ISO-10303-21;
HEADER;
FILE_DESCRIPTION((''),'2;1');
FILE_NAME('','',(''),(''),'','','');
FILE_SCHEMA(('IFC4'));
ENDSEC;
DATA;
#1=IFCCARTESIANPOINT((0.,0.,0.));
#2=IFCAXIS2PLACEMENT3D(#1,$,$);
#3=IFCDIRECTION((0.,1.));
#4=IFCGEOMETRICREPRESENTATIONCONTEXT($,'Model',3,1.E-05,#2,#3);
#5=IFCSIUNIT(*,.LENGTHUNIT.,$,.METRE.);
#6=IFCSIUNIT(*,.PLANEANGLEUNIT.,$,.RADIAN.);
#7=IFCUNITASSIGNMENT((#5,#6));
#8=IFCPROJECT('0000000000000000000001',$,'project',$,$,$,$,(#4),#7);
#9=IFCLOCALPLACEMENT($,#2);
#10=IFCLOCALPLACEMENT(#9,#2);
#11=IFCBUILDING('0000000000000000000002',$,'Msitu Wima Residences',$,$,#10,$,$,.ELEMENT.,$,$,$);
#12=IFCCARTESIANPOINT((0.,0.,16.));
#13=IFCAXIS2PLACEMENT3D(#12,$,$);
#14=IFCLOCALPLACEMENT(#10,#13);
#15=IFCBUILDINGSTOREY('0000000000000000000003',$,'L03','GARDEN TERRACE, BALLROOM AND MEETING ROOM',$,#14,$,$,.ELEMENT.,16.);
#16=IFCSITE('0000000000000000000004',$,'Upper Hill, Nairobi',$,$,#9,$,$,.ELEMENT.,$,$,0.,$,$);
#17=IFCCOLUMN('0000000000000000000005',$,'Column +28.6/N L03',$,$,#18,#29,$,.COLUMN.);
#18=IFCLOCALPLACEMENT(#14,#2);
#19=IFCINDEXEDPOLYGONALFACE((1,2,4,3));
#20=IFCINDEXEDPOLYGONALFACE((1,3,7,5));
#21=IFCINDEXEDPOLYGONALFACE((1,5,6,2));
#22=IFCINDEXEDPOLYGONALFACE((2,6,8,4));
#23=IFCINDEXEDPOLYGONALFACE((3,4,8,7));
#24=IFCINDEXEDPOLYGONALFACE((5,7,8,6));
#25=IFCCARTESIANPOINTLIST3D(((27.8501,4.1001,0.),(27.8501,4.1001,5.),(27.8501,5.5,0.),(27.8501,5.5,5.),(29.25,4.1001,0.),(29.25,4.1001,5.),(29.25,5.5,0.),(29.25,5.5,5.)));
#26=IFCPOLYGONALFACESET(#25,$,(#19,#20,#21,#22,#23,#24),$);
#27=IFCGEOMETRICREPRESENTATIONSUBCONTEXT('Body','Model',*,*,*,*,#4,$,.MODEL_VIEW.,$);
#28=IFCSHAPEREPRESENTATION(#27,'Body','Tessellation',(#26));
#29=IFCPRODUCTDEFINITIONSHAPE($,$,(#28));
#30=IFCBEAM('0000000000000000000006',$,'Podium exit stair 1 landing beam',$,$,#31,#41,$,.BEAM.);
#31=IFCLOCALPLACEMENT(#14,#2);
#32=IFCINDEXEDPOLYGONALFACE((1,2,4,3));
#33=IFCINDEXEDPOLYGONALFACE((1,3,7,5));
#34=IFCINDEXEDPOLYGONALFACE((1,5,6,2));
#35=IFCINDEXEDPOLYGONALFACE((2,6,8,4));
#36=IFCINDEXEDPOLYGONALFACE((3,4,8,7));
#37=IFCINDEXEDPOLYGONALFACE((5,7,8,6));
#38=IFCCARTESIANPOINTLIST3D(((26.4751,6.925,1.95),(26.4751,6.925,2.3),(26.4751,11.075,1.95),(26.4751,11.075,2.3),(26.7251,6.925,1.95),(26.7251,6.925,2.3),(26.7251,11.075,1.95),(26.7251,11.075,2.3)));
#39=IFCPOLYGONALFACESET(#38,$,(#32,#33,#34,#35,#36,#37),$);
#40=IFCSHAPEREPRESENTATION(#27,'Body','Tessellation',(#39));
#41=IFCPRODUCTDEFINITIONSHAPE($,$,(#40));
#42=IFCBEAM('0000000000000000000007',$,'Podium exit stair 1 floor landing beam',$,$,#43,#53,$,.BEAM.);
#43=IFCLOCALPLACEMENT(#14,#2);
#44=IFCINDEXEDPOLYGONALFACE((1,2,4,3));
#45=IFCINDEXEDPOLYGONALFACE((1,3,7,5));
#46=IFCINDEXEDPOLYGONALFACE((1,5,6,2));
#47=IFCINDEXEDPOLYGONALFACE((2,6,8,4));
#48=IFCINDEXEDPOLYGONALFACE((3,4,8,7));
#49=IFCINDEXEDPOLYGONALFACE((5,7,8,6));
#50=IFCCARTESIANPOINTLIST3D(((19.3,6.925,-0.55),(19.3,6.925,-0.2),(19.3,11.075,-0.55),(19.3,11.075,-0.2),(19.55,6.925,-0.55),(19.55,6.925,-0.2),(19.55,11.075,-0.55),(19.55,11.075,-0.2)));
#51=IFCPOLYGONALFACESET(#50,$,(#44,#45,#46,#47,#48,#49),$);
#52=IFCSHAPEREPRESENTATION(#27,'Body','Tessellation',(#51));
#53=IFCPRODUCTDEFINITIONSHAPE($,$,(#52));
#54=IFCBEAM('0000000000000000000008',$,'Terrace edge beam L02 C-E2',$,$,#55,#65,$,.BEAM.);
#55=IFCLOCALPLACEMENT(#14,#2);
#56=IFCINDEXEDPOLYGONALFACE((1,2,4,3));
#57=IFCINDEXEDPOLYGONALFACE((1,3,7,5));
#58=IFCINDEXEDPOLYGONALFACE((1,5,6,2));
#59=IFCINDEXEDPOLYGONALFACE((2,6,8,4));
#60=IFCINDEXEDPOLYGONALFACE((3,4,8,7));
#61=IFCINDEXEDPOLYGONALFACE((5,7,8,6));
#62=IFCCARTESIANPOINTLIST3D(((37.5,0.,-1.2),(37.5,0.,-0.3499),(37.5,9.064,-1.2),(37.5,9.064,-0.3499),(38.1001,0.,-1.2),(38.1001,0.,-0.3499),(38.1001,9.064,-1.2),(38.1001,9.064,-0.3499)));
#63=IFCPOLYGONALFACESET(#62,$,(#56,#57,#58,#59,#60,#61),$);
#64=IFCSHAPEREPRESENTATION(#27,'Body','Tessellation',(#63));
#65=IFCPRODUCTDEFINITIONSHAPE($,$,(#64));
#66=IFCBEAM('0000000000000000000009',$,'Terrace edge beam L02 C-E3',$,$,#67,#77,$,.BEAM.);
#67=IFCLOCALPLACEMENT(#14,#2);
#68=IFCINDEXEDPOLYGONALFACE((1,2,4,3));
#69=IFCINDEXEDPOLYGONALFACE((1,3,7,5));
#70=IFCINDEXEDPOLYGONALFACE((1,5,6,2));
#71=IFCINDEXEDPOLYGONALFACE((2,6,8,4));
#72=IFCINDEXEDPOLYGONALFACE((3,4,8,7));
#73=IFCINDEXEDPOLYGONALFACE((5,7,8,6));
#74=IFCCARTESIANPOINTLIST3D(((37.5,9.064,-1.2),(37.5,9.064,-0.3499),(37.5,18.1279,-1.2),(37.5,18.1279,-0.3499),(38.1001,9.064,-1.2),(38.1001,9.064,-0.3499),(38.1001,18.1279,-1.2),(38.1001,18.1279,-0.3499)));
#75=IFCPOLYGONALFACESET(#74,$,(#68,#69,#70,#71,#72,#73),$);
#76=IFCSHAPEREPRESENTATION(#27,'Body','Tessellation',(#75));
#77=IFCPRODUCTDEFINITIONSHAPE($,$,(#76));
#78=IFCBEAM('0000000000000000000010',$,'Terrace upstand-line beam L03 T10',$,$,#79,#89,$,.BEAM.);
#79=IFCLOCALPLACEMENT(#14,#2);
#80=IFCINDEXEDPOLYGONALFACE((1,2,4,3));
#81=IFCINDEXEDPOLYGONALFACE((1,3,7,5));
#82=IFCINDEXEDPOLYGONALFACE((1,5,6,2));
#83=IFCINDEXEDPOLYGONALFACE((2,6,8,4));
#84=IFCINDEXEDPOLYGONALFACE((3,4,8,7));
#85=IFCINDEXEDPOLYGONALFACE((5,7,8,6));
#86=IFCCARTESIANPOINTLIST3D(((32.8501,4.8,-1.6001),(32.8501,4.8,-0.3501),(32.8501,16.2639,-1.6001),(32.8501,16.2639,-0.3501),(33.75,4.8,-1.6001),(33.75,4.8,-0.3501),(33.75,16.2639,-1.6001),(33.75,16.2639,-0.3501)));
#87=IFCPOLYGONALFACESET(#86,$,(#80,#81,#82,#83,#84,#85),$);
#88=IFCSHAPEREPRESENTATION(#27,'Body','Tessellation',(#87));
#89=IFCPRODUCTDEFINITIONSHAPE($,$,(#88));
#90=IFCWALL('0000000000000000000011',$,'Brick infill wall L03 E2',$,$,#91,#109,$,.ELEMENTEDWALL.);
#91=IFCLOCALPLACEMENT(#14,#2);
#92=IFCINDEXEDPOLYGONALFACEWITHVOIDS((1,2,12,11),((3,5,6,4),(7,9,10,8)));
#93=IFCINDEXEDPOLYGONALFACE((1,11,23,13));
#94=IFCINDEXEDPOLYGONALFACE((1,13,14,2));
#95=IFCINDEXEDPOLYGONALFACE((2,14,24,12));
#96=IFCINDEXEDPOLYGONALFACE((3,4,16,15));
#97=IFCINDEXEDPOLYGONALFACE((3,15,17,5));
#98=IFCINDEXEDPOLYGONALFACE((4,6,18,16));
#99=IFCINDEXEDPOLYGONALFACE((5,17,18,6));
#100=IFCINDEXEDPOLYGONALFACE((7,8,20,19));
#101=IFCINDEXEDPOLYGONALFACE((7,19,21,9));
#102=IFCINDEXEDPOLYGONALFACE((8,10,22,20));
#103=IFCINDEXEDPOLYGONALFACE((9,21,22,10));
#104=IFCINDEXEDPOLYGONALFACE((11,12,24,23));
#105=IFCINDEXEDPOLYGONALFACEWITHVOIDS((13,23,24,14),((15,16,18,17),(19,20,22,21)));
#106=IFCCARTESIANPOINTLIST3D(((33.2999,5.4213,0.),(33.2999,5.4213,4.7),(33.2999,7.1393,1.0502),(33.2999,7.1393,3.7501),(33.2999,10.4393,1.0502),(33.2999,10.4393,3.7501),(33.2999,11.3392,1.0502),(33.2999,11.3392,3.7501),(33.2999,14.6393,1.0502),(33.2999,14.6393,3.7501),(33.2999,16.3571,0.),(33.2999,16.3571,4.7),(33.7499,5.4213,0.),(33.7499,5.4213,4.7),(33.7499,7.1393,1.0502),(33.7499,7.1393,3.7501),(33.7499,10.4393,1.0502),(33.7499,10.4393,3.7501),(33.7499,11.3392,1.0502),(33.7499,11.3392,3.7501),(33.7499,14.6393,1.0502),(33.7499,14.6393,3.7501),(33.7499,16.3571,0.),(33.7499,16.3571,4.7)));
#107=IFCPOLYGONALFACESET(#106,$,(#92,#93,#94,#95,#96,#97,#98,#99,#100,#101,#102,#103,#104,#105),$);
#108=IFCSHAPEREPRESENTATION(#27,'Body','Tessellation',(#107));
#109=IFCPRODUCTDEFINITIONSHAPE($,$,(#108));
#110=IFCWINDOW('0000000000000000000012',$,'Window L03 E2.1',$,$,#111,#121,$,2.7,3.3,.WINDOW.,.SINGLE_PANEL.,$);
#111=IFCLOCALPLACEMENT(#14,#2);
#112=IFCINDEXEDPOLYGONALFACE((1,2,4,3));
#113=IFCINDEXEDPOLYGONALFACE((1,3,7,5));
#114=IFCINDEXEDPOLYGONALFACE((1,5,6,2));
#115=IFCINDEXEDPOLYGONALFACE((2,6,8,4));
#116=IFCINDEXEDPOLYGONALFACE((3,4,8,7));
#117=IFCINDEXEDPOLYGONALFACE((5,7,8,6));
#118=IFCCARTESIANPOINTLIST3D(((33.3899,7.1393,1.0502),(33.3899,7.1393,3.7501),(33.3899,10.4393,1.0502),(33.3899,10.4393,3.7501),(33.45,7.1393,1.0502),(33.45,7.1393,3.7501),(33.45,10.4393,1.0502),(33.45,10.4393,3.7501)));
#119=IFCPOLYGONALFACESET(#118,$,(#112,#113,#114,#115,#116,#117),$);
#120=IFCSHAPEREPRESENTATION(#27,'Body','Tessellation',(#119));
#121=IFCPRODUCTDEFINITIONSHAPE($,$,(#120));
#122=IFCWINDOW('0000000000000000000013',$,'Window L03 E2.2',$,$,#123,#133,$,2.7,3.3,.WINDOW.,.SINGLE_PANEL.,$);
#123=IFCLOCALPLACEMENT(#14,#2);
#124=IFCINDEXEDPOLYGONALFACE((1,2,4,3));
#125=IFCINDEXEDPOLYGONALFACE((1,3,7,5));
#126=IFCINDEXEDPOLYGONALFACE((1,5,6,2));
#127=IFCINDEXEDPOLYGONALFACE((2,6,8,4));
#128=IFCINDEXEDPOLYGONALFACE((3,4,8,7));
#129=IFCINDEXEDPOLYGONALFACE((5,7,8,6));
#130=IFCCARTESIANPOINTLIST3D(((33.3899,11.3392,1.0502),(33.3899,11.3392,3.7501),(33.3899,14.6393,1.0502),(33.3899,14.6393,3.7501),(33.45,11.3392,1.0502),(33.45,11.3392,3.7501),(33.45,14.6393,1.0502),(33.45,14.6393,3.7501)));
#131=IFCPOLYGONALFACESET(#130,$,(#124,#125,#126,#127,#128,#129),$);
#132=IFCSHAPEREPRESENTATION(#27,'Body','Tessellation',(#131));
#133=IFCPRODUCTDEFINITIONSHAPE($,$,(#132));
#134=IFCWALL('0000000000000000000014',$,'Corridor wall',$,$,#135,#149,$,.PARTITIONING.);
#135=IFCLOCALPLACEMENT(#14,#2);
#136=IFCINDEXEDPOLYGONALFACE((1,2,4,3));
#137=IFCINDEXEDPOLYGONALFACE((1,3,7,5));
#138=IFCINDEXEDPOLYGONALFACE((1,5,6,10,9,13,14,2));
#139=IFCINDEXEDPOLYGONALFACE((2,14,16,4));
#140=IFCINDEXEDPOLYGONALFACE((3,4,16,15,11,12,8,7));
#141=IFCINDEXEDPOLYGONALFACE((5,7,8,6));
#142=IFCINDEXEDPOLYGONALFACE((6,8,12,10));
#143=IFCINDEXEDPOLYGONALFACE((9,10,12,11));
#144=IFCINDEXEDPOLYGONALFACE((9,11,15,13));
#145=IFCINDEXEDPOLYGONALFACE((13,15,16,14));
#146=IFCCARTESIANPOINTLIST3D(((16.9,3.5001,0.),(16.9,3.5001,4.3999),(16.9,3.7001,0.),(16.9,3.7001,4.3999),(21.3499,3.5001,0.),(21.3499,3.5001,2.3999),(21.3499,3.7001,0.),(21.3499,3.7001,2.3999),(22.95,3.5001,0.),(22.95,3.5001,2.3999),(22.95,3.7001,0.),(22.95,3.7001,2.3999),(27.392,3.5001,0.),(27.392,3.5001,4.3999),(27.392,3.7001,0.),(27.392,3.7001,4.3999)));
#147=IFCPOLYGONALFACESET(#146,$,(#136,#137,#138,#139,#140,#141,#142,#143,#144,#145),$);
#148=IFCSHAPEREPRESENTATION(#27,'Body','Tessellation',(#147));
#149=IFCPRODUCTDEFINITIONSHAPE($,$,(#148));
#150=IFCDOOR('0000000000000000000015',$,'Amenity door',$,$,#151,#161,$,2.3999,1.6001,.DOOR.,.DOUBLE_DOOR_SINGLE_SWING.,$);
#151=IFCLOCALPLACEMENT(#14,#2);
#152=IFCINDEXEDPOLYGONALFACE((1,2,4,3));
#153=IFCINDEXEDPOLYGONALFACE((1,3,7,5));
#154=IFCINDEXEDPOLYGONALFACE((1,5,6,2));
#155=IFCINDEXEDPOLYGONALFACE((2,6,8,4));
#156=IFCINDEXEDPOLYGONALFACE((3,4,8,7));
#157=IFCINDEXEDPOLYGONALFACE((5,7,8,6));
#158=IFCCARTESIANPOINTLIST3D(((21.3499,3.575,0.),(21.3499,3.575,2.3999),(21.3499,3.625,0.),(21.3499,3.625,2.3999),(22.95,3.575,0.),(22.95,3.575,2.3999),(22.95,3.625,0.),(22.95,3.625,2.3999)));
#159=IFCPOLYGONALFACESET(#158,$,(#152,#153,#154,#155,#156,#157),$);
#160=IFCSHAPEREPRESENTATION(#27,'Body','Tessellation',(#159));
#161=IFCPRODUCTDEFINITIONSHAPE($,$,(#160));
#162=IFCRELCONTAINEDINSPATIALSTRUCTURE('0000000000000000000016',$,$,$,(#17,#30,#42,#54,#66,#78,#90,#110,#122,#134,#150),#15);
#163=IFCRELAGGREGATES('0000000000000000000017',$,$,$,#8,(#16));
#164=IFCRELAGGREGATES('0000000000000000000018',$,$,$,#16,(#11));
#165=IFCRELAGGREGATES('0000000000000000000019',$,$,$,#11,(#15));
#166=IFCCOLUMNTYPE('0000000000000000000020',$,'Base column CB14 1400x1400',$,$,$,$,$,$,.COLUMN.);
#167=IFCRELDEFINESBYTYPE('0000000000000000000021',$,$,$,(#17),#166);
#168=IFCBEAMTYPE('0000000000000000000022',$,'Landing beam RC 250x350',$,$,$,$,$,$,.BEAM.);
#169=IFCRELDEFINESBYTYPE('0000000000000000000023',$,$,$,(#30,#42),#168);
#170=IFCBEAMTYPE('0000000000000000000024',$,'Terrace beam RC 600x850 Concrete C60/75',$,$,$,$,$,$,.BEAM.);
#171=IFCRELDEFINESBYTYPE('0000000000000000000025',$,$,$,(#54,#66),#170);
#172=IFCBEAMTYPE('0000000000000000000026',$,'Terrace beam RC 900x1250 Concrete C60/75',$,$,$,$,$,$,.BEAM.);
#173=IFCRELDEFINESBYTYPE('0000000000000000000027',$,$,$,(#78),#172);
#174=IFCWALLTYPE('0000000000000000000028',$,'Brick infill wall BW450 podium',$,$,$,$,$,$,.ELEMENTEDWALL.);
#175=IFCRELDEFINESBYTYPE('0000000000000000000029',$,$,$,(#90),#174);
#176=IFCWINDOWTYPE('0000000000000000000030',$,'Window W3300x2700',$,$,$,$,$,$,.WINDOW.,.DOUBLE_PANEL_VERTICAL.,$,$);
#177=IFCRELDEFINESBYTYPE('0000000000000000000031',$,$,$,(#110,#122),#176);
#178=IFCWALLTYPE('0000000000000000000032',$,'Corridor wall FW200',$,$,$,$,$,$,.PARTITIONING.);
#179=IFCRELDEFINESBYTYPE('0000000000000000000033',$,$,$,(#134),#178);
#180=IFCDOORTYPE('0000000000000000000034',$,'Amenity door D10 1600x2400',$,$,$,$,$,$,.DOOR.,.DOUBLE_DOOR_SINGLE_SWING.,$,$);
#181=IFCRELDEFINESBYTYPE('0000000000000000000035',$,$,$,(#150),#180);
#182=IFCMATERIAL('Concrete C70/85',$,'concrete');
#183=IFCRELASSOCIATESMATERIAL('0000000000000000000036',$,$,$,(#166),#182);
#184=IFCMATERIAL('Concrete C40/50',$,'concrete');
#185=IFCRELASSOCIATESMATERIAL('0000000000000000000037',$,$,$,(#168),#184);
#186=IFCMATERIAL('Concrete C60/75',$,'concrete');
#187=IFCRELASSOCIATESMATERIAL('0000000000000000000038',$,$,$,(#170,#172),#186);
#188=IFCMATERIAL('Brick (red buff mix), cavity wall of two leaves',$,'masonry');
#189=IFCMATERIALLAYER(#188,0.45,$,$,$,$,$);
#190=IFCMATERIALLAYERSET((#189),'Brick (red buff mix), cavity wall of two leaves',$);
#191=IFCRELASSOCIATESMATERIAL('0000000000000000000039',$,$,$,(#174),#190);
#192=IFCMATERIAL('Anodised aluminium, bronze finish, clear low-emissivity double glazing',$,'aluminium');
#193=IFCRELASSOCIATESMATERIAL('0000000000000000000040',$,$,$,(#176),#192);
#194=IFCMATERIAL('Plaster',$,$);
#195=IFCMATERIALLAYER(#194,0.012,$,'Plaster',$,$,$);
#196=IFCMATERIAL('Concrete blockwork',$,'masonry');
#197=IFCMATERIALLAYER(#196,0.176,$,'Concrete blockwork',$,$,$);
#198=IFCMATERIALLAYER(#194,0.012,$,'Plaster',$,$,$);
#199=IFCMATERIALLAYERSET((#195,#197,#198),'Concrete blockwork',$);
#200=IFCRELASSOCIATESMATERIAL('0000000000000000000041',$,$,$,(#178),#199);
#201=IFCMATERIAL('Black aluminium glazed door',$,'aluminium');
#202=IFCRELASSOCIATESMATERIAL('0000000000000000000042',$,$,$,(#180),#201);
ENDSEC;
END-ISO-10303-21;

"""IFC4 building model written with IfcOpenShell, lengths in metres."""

from ifc_helpers import new_model, si_unit, direction, frame, frame_2d, origin, origin_2d, place, context, subcontext, project, spatial, rectangle, extrude, material, layer, layer_set, material_profile, profile_set, type_object, element, fill, save


model = new_model("IFC4")

# Units and contexts
model_context = context("Model", 3, precision=1e-05, world=origin(), true_north=direction((0.0, 1.0)))
body_context = subcontext(model_context, "Body", "Model", "MODEL_VIEW")
ifc_project = project(units=[si_unit("LENGTHUNIT", "METRE"), si_unit("PLANEANGLEUNIT", "RADIAN")], contexts=[model_context])

# Site, building, storey
site_placement = place(None, origin())
site = spatial("IfcSite", under=ifc_project, at=site_placement, Name="Upper Hill, Nairobi", CompositionType="ELEMENT", RefElevation=0.0)
building_placement = place(site_placement, origin())
building = spatial("IfcBuilding", under=site, at=building_placement, Name="Msitu Wima Residences", CompositionType="ELEMENT")
storey_placement = place(building_placement, frame((0.0, 0.0, 16.0)))
storey = spatial("IfcBuildingStorey", under=building, at=storey_placement, Name="L03", Description="GARDEN TERRACE, BALLROOM AND MEETING ROOM", CompositionType="ELEMENT", Elevation=16.0)

# Column
ifc_material_1 = material(Name="Concrete C70/85", Category="concrete")
ifc_material_profile_1 = material_profile(ifc_material_1, rectangle(XDim=1.3999, YDim=1.3999, at=origin_2d()), Name="RC 1400x1400")
ifc_profile_set_1 = profile_set([ifc_material_profile_1], Name="Concrete C70/85")
column_type = type_object("IfcColumnType", Name="Base column CB14 1400x1400", PredefinedType="COLUMN", material=ifc_profile_set_1)
column_placement = place(storey_placement, frame((28.55, 4.8, 0.0), z_axis=(0.0, 0.0, 1.0), x_axis=(0.0, 1.0, 0.0)))
element("IfcColumn", 1, at=column_placement, inside=storey, type_object=column_type, Name="Column +28.6/N L03", PredefinedType="COLUMN", context=body_context, shape_type="SweptSolid", body=[
    extrude(rectangle(XDim=1.3999, YDim=1.3999, at=origin_2d()), origin(), (0.0, 0.0, 1.0), 5.0),
])

# Beams
ifc_material_2 = material(Name="Concrete C40/50", Category="concrete")
ifc_material_profile_2 = material_profile(ifc_material_2, rectangle(XDim=0.25, YDim=0.3501, at=origin_2d()), Name="RC 250x350")
ifc_profile_set_2 = profile_set([ifc_material_profile_2], Name="Concrete C40/50")
beam_type_1 = type_object("IfcBeamType", Name="Landing beam RC 250x350", PredefinedType="BEAM", material=ifc_profile_set_2)
for number, where, z_axis, x_axis, name in (
    (2, (26.6001, 6.925, 2.125), (0.0, 1.0, 0.0), (-1.0, 0.0, 0.0), "Podium exit stair 1 landing beam"),
    (3, (19.425, 6.925, -0.375), (0.0, 1.0, 0.0), (-1.0, 0.0, 0.0), "Podium exit stair 1 floor landing beam"),
):
    element("IfcBeam", number, at=place(storey_placement, frame(where, z_axis=z_axis, x_axis=x_axis)), inside=storey, type_object=beam_type_1, Name=name, PredefinedType="BEAM", context=body_context, shape_type="SweptSolid", body=[
        extrude(rectangle(XDim=0.25, YDim=0.3501, at=origin_2d()), origin(), (0.0, 0.0, 1.0), 4.1499),
    ])
ifc_material_3 = material(Name="Concrete C60/75", Category="concrete")
ifc_material_profile_3 = material_profile(ifc_material_3, rectangle(XDim=0.6001, YDim=0.8501, at=origin_2d()), Name="RC 600x850")
ifc_profile_set_3 = profile_set([ifc_material_profile_3], Name="Concrete C60/75")
beam_type_2 = type_object("IfcBeamType", Name="Terrace beam RC 600x850 Concrete C60/75", PredefinedType="BEAM", material=ifc_profile_set_3)
for number, where, z_axis, x_axis, name in (
    (4, (37.8, 0.0, -0.7749), (0.0, 1.0, 0.0), (-1.0, 0.0, 0.0), "Terrace edge beam L02 C-E2"),
    (5, (37.8, 9.064, -0.7749), (0.0, 1.0, 0.0), (-1.0, 0.0, 0.0), "Terrace edge beam L02 C-E3"),
):
    element("IfcBeam", number, at=place(storey_placement, frame(where, z_axis=z_axis, x_axis=x_axis)), inside=storey, type_object=beam_type_2, Name=name, PredefinedType="BEAM", context=body_context, shape_type="SweptSolid", body=[
        extrude(rectangle(XDim=0.6001, YDim=0.8501, at=origin_2d()), origin(), (0.0, 0.0, 1.0), 9.064),
    ])
ifc_material_profile_4 = material_profile(ifc_material_3, rectangle(XDim=0.8999, YDim=1.25, at=origin_2d()), Name="RC 900x1250")
ifc_profile_set_4 = profile_set([ifc_material_profile_4], Name="Concrete C60/75")
beam_type_3 = type_object("IfcBeamType", Name="Terrace beam RC 900x1250 Concrete C60/75", PredefinedType="BEAM", material=ifc_profile_set_4)
beam_placement = place(storey_placement, frame((33.3, 4.8, -0.9751), z_axis=(0.0, 1.0, 0.0), x_axis=(-1.0, 0.0, 0.0)))
element("IfcBeam", 6, at=beam_placement, inside=storey, type_object=beam_type_3, Name="Terrace upstand-line beam L03 T10", PredefinedType="BEAM", context=body_context, shape_type="SweptSolid", body=[
    extrude(rectangle(XDim=0.8999, YDim=1.25, at=origin_2d()), origin(), (0.0, 0.0, 1.0), 11.4639),
])

# Wall, openings, windows
ifc_material_4 = material(Name="Brick (red buff mix), cavity wall of two leaves", Category="masonry")
ifc_layer_1 = layer(ifc_material_4, 0.45)
ifc_layer_set_1 = layer_set([ifc_layer_1], Name="Brick (red buff mix), cavity wall of two leaves")
wall_type_1 = type_object("IfcWallType", Name="Brick infill wall BW450 podium", PredefinedType="ELEMENTEDWALL", material=ifc_layer_set_1)
wall_1_placement = place(storey_placement, frame((33.5249, 5.4214, 0.0), z_axis=(0.0, 0.0, 1.0), x_axis=(0.0, 1.0, 0.0)))
wall_1 = element("IfcWall", 7, at=wall_1_placement, inside=storey, type_object=wall_type_1, Name="Brick infill wall L03 E2", PredefinedType="ELEMENTEDWALL", context=body_context, shape_type="SweptSolid", body=[
    extrude(rectangle(XDim=10.9358, YDim=0.45, at=frame_2d((5.4678, 0.0))), origin(), (0.0, 0.0, 1.0), 4.7),
])
opening_1_placement = place(wall_1_placement, frame((1.718, 0.0, 1.05)))
opening_1 = element("IfcOpeningElement", 8, at=opening_1_placement, cuts=wall_1, PredefinedType="OPENING", context=body_context, shape_type="SweptSolid", body=[
    extrude(rectangle(XDim=3.3, YDim=2.7, at=frame_2d((1.6499, 1.3501))), frame((0.0, 0.2349, 0.0), z_axis=(0.0, -1.0, 0.0), x_axis=(1.0, 0.0, 0.0)), (0.0, 0.0, 1.0), 0.47),
])
opening_2_placement = place(wall_1_placement, frame((5.918, 0.0, 1.05)))
opening_2 = element("IfcOpeningElement", 9, at=opening_2_placement, cuts=wall_1, PredefinedType="OPENING", context=body_context, shape_type="SweptSolid", body=[
    extrude(rectangle(XDim=3.3, YDim=2.7, at=frame_2d((1.6499, 1.3501))), frame((0.0, 0.2349, 0.0), z_axis=(0.0, -1.0, 0.0), x_axis=(1.0, 0.0, 0.0)), (0.0, 0.0, 1.0), 0.47),
])
ifc_material_5 = material(Name="Anodised aluminium, bronze finish, clear low-emissivity double glazing", Category="aluminium")
window_type = type_object("IfcWindowType", Name="Window W3300x2700", PartitioningType="DOUBLE_PANEL_VERTICAL", PredefinedType="WINDOW", material=ifc_material_5)
window_1_placement = place(opening_1_placement, origin())
window_1 = element("IfcWindow", 10, at=window_1_placement, inside=storey, type_object=window_type, Name="Window L03 E2.1", OverallHeight=2.7, OverallWidth=3.3, PartitioningType="SINGLE_PANEL", PredefinedType="WINDOW", context=body_context, shape_type="SweptSolid", body=[
    extrude(rectangle(XDim=3.3, YDim=2.7, at=frame_2d((1.6499, 1.3501))), frame((0.0, 0.135, 0.0), z_axis=(0.0, -1.0, 0.0), x_axis=(1.0, 0.0, 0.0)), (0.0, 0.0, 1.0), 0.0601),
])
fill(opening_1, window_1)
window_2_placement = place(opening_2_placement, origin())
window_2 = element("IfcWindow", 11, at=window_2_placement, inside=storey, type_object=window_type, Name="Window L03 E2.2", OverallHeight=2.7, OverallWidth=3.3, PartitioningType="SINGLE_PANEL", PredefinedType="WINDOW", context=body_context, shape_type="SweptSolid", body=[
    extrude(rectangle(XDim=3.3, YDim=2.7, at=frame_2d((1.6499, 1.3501))), frame((0.0, 0.135, 0.0), z_axis=(0.0, -1.0, 0.0), x_axis=(1.0, 0.0, 0.0)), (0.0, 0.0, 1.0), 0.0601),
])
fill(opening_2, window_2)

# Wall, opening, door
ifc_material_6 = material(Name="Plaster")
ifc_layer_2 = layer(ifc_material_6, 0.012, Name="Plaster")
ifc_material_7 = material(Name="Concrete blockwork", Category="masonry")
ifc_layer_3 = layer(ifc_material_7, 0.176, Name="Concrete blockwork")
ifc_layer_4 = layer(ifc_material_6, 0.012, Name="Plaster")
ifc_layer_set_2 = layer_set([ifc_layer_2, ifc_layer_3, ifc_layer_4], Name="Concrete blockwork")
wall_type_2 = type_object("IfcWallType", Name="Corridor wall FW200", PredefinedType="PARTITIONING", material=ifc_layer_set_2)
wall_2_placement = place(storey_placement, frame((16.8999, 3.6001, 0.0), z_axis=(0.0, 0.0, 1.0), x_axis=(1.0, 0.0, 0.0)))
wall_2 = element("IfcWall", 12, at=wall_2_placement, inside=storey, type_object=wall_type_2, Name="Corridor wall", PredefinedType="PARTITIONING", context=body_context, shape_type="SweptSolid", body=[
    extrude(rectangle(XDim=10.4919, YDim=0.2, at=frame_2d((5.2461, 0.0))), origin(), (0.0, 0.0, 1.0), 4.3999),
])
opening_3_placement = place(wall_2_placement, frame((4.45, 0.0, 0.0)))
opening_3 = element("IfcOpeningElement", 13, at=opening_3_placement, cuts=wall_2, PredefinedType="OPENING", context=body_context, shape_type="SweptSolid", body=[
    extrude(rectangle(XDim=1.6001, YDim=2.3999, at=frame_2d((0.8, 1.2))), frame((0.0, 0.1099, 0.0), z_axis=(0.0, -1.0, 0.0), x_axis=(1.0, 0.0, 0.0)), (0.0, 0.0, 1.0), 0.22),
])
ifc_material_8 = material(Name="Black aluminium glazed door", Category="aluminium")
door_type_1 = type_object("IfcDoorType", Name="Amenity door D10 1600x2400", OperationType="DOUBLE_DOOR_SINGLE_SWING", PredefinedType="DOOR", material=ifc_material_8)
door_1_placement = place(opening_3_placement, origin())
door_1 = element("IfcDoor", 14, at=door_1_placement, inside=storey, type_object=door_type_1, Name="Amenity door", OperationType="DOUBLE_DOOR_SINGLE_SWING", OverallHeight=2.3999, OverallWidth=1.6001, PredefinedType="DOOR", context=body_context, shape_type="SweptSolid", body=[
    extrude(rectangle(XDim=1.6001, YDim=2.3999, at=frame_2d((0.8, 1.2))), frame((0.0, 0.0249, 0.0), z_axis=(0.0, -1.0, 0.0), x_axis=(1.0, 0.0, 0.0)), (0.0, 0.0, 1.0), 0.05),
])
fill(opening_3, door_1)

save(model, "model.ifc")
